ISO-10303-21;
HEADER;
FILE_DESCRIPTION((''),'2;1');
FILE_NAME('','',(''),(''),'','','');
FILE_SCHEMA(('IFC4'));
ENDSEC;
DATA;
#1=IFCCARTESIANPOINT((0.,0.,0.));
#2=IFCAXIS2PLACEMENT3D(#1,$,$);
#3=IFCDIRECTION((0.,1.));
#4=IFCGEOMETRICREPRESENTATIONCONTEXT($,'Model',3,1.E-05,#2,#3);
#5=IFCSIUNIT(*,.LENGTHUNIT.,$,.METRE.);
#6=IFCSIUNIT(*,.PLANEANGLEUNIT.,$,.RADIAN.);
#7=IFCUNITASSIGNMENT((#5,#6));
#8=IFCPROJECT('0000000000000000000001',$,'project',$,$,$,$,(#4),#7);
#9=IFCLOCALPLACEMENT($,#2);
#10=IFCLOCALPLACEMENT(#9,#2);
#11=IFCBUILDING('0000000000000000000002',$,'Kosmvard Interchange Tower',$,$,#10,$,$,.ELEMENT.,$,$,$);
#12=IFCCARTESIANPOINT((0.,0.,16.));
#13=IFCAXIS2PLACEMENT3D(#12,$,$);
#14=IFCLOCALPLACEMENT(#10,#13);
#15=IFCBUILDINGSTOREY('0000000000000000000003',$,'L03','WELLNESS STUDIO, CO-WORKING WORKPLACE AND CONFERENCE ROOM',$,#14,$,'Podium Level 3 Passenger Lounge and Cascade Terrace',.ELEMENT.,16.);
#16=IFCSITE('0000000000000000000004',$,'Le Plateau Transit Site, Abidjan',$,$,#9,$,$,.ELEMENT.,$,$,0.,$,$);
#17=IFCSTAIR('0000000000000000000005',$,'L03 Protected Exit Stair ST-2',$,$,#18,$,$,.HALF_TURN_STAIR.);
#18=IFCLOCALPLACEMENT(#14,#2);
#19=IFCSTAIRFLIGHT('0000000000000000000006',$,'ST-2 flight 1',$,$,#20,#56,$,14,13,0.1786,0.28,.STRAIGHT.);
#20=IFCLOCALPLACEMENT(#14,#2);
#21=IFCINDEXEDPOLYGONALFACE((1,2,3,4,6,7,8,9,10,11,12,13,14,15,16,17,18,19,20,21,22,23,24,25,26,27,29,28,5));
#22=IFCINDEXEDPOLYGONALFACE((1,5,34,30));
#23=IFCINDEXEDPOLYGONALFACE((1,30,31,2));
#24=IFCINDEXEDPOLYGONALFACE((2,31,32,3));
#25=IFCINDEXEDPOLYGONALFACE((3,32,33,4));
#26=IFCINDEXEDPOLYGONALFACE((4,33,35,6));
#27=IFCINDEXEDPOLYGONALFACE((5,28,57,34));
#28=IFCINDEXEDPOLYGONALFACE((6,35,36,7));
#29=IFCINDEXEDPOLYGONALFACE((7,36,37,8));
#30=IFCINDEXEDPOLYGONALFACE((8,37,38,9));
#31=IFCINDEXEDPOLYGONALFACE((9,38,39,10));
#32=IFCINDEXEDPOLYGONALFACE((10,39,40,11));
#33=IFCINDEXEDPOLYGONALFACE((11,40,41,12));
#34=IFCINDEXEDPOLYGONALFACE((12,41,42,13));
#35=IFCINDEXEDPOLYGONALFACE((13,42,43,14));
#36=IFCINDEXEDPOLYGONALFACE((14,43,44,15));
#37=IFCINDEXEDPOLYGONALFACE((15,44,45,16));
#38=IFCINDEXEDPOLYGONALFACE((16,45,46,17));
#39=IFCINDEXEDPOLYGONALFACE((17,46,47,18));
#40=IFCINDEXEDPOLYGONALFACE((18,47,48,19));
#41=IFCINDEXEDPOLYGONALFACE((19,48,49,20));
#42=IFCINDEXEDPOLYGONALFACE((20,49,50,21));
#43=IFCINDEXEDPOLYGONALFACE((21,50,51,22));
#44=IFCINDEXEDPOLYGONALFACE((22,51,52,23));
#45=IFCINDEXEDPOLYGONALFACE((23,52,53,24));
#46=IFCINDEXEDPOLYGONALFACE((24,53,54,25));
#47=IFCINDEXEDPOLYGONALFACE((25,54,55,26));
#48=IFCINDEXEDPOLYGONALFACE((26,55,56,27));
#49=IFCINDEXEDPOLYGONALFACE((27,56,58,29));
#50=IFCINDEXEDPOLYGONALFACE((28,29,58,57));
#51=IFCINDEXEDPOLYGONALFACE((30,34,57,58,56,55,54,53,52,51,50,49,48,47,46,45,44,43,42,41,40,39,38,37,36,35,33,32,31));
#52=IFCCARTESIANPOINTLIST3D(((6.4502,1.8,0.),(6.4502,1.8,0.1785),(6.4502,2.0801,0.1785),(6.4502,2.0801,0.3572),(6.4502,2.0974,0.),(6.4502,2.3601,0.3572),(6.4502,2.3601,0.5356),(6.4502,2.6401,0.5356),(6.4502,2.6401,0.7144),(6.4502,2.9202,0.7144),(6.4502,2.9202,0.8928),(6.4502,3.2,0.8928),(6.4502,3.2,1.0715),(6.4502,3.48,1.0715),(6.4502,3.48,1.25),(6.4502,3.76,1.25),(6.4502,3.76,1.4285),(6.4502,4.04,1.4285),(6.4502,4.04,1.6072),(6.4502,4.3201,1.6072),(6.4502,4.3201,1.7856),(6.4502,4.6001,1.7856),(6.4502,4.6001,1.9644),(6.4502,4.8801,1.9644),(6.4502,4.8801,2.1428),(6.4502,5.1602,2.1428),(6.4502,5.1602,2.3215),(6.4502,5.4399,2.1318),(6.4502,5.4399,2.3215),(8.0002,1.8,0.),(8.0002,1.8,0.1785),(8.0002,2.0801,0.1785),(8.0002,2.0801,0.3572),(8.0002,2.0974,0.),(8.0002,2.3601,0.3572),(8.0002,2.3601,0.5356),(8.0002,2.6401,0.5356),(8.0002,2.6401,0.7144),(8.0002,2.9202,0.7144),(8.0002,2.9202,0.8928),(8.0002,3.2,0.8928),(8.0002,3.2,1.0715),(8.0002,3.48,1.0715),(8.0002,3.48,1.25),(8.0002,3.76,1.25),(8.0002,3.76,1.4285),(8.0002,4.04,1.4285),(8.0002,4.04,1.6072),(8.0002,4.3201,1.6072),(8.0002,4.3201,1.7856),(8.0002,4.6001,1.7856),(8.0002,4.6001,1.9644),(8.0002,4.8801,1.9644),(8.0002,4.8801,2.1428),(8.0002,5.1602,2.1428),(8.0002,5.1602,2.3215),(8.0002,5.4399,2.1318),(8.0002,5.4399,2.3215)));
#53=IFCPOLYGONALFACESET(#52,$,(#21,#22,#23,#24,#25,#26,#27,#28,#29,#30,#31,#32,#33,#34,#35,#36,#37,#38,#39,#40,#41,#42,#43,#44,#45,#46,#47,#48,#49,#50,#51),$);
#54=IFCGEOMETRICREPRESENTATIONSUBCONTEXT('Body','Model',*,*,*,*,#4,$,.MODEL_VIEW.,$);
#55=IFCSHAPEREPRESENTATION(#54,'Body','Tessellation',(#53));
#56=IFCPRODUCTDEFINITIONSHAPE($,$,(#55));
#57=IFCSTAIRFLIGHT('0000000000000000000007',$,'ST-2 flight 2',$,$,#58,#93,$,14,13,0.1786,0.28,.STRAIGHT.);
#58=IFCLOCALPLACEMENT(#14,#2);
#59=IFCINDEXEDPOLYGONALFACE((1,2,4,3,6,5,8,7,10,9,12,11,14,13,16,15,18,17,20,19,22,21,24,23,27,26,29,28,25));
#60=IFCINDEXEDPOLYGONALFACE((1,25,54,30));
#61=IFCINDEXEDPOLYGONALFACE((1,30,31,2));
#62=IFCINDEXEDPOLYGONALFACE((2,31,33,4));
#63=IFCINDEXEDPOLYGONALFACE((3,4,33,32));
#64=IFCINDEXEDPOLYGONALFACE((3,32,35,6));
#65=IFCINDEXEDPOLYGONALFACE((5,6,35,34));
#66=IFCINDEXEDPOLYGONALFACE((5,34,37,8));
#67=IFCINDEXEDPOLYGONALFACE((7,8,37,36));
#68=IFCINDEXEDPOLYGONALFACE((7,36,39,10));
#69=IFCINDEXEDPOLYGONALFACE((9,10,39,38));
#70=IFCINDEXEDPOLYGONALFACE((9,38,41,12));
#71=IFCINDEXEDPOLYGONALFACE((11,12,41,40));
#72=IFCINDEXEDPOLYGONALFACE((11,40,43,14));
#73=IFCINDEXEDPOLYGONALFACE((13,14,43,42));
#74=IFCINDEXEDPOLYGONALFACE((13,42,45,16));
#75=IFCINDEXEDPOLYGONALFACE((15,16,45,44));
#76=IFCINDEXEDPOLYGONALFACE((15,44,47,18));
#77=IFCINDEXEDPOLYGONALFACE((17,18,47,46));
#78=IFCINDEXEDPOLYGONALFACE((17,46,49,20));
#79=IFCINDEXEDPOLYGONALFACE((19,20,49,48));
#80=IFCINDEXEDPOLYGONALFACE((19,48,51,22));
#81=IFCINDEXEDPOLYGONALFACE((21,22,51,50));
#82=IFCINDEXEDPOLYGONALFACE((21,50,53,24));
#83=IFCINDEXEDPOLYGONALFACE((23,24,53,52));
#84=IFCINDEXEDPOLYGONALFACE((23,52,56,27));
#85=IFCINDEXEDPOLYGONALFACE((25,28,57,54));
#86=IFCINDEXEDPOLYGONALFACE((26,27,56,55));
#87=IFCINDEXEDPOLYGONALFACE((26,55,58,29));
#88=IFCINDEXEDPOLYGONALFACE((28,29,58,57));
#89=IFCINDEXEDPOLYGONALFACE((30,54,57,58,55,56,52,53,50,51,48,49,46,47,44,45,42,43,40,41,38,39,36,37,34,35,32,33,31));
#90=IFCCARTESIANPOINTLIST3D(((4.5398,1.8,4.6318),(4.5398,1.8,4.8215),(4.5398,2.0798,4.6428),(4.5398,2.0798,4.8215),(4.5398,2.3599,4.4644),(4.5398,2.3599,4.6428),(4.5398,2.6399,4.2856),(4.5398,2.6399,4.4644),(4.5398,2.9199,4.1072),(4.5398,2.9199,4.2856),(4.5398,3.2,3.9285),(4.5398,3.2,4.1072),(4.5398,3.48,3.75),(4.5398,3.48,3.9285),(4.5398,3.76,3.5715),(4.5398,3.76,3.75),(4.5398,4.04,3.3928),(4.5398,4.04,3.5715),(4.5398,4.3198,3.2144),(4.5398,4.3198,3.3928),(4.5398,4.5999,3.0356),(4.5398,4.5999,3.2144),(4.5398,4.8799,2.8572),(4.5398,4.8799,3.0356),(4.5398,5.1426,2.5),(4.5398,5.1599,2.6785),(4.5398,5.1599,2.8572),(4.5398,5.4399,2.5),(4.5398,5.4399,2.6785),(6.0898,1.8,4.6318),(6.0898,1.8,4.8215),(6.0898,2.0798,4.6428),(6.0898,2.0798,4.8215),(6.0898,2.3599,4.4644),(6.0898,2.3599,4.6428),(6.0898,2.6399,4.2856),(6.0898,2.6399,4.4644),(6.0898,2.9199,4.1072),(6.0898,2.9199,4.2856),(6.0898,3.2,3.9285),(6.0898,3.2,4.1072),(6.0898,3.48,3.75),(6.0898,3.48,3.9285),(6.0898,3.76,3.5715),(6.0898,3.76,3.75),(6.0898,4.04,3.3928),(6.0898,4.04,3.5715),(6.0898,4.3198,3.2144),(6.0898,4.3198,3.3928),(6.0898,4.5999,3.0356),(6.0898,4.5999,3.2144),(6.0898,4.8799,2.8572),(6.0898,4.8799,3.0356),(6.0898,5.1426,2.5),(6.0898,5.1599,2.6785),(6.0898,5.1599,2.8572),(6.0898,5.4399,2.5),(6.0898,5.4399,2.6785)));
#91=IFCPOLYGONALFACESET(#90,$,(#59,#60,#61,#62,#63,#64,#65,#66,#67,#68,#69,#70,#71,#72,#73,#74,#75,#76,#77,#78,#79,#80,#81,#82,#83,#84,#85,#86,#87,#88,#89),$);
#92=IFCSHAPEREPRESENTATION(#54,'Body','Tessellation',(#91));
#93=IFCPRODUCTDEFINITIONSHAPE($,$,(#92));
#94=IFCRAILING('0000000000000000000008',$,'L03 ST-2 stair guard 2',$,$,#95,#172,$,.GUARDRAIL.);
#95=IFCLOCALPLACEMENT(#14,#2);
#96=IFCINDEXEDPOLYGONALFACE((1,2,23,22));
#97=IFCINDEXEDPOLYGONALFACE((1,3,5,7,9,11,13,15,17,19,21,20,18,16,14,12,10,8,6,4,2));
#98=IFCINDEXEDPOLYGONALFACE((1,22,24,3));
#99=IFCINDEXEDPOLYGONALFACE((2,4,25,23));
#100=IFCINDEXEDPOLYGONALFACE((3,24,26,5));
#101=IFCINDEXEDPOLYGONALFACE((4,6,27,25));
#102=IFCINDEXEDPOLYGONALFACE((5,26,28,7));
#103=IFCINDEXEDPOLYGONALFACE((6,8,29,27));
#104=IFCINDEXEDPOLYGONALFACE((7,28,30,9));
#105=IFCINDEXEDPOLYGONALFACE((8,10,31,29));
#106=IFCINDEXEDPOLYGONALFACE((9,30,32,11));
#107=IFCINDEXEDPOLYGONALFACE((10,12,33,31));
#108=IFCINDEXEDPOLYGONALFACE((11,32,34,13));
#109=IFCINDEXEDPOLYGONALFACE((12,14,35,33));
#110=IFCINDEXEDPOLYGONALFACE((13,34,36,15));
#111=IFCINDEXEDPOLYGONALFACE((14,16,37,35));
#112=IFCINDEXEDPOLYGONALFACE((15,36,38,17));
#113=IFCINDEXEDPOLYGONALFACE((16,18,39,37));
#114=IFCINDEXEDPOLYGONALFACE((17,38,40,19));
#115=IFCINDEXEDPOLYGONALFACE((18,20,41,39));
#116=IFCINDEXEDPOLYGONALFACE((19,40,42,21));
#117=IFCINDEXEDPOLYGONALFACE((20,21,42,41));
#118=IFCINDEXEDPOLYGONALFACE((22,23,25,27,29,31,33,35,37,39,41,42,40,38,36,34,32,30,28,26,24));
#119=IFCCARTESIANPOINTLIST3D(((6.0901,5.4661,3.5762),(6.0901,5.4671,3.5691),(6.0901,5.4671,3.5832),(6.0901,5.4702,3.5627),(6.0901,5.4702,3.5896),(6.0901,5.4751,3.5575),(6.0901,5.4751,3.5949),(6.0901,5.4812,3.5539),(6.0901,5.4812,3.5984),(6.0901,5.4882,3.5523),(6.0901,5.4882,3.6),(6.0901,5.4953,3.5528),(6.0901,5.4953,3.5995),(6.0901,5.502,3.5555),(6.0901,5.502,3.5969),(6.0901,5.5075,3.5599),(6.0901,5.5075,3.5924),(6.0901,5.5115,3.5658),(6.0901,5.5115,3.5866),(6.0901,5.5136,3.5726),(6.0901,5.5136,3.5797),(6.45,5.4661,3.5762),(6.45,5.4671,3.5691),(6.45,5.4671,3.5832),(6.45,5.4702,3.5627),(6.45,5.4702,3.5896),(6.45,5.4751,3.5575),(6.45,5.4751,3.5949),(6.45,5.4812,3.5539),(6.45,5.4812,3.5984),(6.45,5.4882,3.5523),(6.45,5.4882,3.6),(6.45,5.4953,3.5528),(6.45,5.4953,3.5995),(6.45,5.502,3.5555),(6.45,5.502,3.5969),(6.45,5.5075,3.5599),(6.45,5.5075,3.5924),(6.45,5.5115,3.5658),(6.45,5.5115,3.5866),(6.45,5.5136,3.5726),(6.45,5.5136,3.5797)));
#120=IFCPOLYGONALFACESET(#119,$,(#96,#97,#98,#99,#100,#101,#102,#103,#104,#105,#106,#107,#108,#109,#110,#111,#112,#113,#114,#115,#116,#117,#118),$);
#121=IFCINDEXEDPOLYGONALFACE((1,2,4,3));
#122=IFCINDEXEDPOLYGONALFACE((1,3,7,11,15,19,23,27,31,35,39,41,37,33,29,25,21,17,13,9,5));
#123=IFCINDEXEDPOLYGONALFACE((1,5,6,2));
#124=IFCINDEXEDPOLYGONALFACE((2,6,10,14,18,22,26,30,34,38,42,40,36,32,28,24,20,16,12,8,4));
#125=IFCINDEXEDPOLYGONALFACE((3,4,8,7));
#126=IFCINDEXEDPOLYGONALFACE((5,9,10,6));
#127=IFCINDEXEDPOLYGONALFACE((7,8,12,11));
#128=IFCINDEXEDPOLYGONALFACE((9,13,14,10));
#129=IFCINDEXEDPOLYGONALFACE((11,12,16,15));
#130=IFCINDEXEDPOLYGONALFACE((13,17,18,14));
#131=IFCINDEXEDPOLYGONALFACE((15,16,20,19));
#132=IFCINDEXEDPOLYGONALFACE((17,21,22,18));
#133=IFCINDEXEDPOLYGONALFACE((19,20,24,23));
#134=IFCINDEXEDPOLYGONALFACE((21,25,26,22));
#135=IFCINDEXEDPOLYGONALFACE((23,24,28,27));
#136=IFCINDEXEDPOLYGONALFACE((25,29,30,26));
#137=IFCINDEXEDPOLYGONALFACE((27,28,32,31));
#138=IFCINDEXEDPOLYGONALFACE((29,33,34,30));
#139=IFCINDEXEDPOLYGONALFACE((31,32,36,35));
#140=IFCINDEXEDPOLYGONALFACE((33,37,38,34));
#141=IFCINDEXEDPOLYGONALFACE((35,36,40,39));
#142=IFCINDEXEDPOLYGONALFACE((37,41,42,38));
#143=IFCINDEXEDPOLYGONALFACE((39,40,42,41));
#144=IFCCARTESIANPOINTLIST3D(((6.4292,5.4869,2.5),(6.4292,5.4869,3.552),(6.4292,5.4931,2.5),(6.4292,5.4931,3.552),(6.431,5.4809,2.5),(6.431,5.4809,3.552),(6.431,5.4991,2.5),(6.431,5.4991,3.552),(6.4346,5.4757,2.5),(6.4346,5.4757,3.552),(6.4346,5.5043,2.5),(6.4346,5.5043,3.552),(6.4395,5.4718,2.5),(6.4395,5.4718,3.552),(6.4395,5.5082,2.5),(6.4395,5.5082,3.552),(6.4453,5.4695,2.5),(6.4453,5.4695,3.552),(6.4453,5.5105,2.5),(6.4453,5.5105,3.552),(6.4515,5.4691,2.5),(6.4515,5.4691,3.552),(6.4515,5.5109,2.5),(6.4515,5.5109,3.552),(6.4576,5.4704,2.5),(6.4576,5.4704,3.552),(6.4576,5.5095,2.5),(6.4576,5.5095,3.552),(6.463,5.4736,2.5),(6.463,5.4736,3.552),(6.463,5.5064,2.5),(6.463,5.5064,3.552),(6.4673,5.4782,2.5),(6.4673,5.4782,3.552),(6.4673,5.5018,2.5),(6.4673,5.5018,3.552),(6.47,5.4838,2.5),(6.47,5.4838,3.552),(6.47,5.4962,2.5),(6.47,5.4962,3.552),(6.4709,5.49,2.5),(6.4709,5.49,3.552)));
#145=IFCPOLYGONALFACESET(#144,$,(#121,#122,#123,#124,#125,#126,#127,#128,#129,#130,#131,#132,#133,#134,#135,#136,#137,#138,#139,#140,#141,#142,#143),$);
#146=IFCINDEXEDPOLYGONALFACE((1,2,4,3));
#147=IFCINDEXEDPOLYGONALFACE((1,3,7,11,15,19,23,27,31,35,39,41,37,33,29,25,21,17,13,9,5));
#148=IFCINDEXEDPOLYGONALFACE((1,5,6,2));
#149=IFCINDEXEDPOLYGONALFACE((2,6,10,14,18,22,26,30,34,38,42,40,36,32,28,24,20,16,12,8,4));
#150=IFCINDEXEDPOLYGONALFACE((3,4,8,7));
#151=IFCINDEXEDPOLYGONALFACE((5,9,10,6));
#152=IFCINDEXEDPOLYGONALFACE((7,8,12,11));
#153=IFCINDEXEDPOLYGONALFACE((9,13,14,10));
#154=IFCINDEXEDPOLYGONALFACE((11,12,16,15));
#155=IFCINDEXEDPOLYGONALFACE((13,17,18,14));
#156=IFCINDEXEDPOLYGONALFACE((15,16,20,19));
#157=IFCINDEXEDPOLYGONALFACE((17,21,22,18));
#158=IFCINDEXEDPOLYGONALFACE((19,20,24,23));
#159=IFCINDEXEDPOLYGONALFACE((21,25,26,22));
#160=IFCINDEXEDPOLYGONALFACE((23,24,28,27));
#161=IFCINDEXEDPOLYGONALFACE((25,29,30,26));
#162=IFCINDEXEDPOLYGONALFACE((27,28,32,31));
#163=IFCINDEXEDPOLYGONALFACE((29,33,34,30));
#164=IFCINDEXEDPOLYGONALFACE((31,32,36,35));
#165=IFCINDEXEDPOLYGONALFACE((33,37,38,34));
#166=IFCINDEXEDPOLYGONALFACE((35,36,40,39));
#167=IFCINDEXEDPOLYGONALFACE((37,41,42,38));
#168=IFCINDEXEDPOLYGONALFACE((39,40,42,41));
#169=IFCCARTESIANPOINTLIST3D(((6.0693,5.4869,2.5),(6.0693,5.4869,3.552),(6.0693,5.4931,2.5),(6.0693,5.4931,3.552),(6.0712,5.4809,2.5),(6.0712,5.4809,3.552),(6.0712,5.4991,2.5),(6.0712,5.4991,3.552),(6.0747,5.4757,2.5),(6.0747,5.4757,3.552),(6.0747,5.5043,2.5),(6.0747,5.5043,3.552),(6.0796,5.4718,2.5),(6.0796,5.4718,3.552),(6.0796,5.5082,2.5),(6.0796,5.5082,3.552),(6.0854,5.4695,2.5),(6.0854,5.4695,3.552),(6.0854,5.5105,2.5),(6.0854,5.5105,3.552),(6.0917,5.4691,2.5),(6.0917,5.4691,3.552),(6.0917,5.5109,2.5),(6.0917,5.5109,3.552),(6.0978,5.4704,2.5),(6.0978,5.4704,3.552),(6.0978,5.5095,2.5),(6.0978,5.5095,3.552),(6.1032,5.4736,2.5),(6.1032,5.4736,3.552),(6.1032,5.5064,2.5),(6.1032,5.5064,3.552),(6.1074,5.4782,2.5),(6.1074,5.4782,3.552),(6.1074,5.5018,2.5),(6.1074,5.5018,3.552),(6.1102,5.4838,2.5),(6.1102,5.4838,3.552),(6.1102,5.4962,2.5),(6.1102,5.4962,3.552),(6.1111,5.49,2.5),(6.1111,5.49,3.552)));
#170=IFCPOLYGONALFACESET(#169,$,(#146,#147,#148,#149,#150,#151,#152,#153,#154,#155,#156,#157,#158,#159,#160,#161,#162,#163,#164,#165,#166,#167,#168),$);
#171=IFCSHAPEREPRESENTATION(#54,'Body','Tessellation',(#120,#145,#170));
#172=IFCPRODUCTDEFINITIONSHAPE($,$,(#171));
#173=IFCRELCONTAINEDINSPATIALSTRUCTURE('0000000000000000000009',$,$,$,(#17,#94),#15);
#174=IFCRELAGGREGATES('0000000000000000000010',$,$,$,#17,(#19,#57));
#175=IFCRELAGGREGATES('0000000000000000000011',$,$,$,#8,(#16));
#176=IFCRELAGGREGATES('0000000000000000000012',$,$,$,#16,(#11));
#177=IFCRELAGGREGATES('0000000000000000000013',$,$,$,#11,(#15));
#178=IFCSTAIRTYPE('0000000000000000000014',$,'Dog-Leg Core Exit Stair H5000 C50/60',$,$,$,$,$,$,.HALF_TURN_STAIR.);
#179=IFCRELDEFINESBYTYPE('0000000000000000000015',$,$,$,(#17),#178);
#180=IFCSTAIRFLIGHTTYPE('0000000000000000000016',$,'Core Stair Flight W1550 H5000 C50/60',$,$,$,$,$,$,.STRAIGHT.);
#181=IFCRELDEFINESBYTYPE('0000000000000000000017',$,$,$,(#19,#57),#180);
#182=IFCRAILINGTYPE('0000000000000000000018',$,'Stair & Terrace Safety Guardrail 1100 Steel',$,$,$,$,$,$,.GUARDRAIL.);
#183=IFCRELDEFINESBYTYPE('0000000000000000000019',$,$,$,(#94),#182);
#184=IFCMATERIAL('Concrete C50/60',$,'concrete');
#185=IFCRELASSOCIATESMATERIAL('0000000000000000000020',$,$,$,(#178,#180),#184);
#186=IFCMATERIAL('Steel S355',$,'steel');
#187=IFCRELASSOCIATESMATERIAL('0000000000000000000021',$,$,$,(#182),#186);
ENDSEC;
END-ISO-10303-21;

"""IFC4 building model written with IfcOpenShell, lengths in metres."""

from ifc_helpers import new_model, si_unit, direction, frame, origin, origin_2d, place, context, subcontext, project, spatial, polyline, circle, outline, extrude, source, transform, mapped, material, type_object, element, aggregate, save


model = new_model("IFC4")

# Units and contexts
model_context = context("Model", 3, precision=1e-05, world=origin(), true_north=direction((0.0, 1.0)))
body_context = subcontext(model_context, "Body", "Model", "MODEL_VIEW")
ifc_project = project(units=[si_unit("LENGTHUNIT", "METRE"), si_unit("PLANEANGLEUNIT", "RADIAN")], contexts=[model_context])

# Site, building, storey
site_placement = place(None, origin())
site = spatial("IfcSite", under=ifc_project, at=site_placement, Name="Le Plateau Transit Site, Abidjan", CompositionType="ELEMENT", RefElevation=0.0)
building_placement = place(site_placement, origin())
building = spatial("IfcBuilding", under=site, at=building_placement, Name="Kosmvard Interchange Tower", CompositionType="ELEMENT")
storey_placement = place(building_placement, frame((0.0, 0.0, 16.0)))
storey = spatial("IfcBuildingStorey", under=building, at=storey_placement, Name="L03", Description="WELLNESS STUDIO, CO-WORKING WORKPLACE AND CONFERENCE ROOM", LongName="Podium Level 3 Passenger Lounge and Cascade Terrace", CompositionType="ELEMENT", Elevation=16.0)

# Shared definitions
ifc_material_1 = material(Name="Steel S355", Category="steel")

# Stair
ifc_material_2 = material(Name="Concrete C50/60", Category="concrete")
stair_type = type_object("IfcStairType", Name="Dog-Leg Core Exit Stair H5000 C50/60", PredefinedType="HALF_TURN_STAIR", material=ifc_material_2)
stair_1_placement = place(storey_placement, origin())
stair_1 = element("IfcStair", 1, at=stair_1_placement, inside=storey, type_object=stair_type, Name="L03 Protected Exit Stair ST-2", PredefinedType="HALF_TURN_STAIR")

# Stair flights
stair_flight_type = type_object("IfcStairFlightType", Name="Core Stair Flight W1550 H5000 C50/60", PredefinedType="STRAIGHT", material=ifc_material_2)
shared_shape_1 = source(origin(), body_context, "Body", "SweptSolid", [
    extrude(outline(polyline([(0.0, 0.0), (0.0, 0.1785), (0.28, 0.1785), (0.28, 0.3572), (0.5601, 0.3572), (0.5601, 0.5356), (0.8401, 0.5356), (0.8401, 0.7144), (1.1201, 0.7144), (1.1201, 0.8928), (1.3999, 0.8928), (1.3999, 1.0715), (1.6799, 1.0715), (1.6799, 1.25), (1.96, 1.25), (1.96, 1.4285), (2.24, 1.4285), (2.24, 1.6072), (2.52, 1.6072), (2.52, 1.7856), (2.8, 1.7856), (2.8, 1.9644), (3.0801, 1.9644), (3.0801, 2.1428), (3.3601, 2.1428), (3.3601, 2.3215), (3.6399, 2.3215), (3.6399, 2.5), (3.6399, 2.1318), (0.2974, 0.0), (0.0, 0.0)])), frame((0.0, 0.7749, 0.0), z_axis=(0.0, -1.0, 0.0), x_axis=(1.0, 0.0, 0.0)), (0.0, 0.0, 1.0), 1.55),
])
stair_flight_1_placement = place(storey_placement, frame((7.2251, 1.8, 0.0), z_axis=(0.0, 0.0, 1.0), x_axis=(0.0, 1.0, 0.0)))
stair_flight_1 = element("IfcStairFlight", 2, at=stair_flight_1_placement, type_object=stair_flight_type, Name="ST-2 flight 1", NumberOfRisers=14, NumberOfTreads=13, PredefinedType="STRAIGHT", RiserHeight=0.1786, TreadLength=0.28, context=body_context, shape_type="MappedRepresentation", body=[
    mapped(shared_shape_1, transform((0.0, 0.0, 0.0), scale=1.0)),
])
stair_flight_2_placement = place(storey_placement, frame((5.3149, 5.4399, 2.5), z_axis=(0.0, 0.0, 1.0), x_axis=(0.0, -1.0, 0.0)))
stair_flight_2 = element("IfcStairFlight", 3, at=stair_flight_2_placement, type_object=stair_flight_type, Name="ST-2 flight 2", NumberOfRisers=14, NumberOfTreads=13, PredefinedType="STRAIGHT", RiserHeight=0.1786, TreadLength=0.28, context=body_context, shape_type="MappedRepresentation", body=[
    mapped(shared_shape_1, transform((0.0, 0.0, 0.0), scale=1.0)),
])
aggregate(stair_1, [stair_flight_1, stair_flight_2])

# Railing
railing_type_1 = type_object("IfcRailingType", Name="Stair & Terrace Safety Guardrail 1100 Steel", PredefinedType="GUARDRAIL", material=ifc_material_1)
shared_shape_2 = source(origin(), body_context, "Body", "SweptSolid", [
    extrude(circle(Radius=0.0239, at=origin_2d()), frame((0.0, 0.0, 1.0762), z_axis=(-1.0, 0.0, 0.0), x_axis=(0.0, -1.0, 0.0)), (0.0, 0.0, 1.0), 0.3599),
    extrude(circle(Radius=0.021, at=origin_2d()), origin(), (0.0, 0.0, 1.0), 1.052),
    extrude(circle(Radius=0.021, at=origin_2d()), frame((-0.3599, 0.0, 0.0)), (0.0, 0.0, 1.0), 1.052),
])
for number, where, name in (
    (4, (6.45, 5.49, 2.5), "L03 ST-2 stair guard 2"),
):
    element("IfcRailing", number, at=place(storey_placement, frame(where)), inside=storey, type_object=railing_type_1, Name=name, PredefinedType="GUARDRAIL", context=body_context, shape_type="MappedRepresentation", body=[
        mapped(shared_shape_2, transform((0.0, 0.0, 0.0), scale=1.0)),
    ])

save(model, "model.ifc")
